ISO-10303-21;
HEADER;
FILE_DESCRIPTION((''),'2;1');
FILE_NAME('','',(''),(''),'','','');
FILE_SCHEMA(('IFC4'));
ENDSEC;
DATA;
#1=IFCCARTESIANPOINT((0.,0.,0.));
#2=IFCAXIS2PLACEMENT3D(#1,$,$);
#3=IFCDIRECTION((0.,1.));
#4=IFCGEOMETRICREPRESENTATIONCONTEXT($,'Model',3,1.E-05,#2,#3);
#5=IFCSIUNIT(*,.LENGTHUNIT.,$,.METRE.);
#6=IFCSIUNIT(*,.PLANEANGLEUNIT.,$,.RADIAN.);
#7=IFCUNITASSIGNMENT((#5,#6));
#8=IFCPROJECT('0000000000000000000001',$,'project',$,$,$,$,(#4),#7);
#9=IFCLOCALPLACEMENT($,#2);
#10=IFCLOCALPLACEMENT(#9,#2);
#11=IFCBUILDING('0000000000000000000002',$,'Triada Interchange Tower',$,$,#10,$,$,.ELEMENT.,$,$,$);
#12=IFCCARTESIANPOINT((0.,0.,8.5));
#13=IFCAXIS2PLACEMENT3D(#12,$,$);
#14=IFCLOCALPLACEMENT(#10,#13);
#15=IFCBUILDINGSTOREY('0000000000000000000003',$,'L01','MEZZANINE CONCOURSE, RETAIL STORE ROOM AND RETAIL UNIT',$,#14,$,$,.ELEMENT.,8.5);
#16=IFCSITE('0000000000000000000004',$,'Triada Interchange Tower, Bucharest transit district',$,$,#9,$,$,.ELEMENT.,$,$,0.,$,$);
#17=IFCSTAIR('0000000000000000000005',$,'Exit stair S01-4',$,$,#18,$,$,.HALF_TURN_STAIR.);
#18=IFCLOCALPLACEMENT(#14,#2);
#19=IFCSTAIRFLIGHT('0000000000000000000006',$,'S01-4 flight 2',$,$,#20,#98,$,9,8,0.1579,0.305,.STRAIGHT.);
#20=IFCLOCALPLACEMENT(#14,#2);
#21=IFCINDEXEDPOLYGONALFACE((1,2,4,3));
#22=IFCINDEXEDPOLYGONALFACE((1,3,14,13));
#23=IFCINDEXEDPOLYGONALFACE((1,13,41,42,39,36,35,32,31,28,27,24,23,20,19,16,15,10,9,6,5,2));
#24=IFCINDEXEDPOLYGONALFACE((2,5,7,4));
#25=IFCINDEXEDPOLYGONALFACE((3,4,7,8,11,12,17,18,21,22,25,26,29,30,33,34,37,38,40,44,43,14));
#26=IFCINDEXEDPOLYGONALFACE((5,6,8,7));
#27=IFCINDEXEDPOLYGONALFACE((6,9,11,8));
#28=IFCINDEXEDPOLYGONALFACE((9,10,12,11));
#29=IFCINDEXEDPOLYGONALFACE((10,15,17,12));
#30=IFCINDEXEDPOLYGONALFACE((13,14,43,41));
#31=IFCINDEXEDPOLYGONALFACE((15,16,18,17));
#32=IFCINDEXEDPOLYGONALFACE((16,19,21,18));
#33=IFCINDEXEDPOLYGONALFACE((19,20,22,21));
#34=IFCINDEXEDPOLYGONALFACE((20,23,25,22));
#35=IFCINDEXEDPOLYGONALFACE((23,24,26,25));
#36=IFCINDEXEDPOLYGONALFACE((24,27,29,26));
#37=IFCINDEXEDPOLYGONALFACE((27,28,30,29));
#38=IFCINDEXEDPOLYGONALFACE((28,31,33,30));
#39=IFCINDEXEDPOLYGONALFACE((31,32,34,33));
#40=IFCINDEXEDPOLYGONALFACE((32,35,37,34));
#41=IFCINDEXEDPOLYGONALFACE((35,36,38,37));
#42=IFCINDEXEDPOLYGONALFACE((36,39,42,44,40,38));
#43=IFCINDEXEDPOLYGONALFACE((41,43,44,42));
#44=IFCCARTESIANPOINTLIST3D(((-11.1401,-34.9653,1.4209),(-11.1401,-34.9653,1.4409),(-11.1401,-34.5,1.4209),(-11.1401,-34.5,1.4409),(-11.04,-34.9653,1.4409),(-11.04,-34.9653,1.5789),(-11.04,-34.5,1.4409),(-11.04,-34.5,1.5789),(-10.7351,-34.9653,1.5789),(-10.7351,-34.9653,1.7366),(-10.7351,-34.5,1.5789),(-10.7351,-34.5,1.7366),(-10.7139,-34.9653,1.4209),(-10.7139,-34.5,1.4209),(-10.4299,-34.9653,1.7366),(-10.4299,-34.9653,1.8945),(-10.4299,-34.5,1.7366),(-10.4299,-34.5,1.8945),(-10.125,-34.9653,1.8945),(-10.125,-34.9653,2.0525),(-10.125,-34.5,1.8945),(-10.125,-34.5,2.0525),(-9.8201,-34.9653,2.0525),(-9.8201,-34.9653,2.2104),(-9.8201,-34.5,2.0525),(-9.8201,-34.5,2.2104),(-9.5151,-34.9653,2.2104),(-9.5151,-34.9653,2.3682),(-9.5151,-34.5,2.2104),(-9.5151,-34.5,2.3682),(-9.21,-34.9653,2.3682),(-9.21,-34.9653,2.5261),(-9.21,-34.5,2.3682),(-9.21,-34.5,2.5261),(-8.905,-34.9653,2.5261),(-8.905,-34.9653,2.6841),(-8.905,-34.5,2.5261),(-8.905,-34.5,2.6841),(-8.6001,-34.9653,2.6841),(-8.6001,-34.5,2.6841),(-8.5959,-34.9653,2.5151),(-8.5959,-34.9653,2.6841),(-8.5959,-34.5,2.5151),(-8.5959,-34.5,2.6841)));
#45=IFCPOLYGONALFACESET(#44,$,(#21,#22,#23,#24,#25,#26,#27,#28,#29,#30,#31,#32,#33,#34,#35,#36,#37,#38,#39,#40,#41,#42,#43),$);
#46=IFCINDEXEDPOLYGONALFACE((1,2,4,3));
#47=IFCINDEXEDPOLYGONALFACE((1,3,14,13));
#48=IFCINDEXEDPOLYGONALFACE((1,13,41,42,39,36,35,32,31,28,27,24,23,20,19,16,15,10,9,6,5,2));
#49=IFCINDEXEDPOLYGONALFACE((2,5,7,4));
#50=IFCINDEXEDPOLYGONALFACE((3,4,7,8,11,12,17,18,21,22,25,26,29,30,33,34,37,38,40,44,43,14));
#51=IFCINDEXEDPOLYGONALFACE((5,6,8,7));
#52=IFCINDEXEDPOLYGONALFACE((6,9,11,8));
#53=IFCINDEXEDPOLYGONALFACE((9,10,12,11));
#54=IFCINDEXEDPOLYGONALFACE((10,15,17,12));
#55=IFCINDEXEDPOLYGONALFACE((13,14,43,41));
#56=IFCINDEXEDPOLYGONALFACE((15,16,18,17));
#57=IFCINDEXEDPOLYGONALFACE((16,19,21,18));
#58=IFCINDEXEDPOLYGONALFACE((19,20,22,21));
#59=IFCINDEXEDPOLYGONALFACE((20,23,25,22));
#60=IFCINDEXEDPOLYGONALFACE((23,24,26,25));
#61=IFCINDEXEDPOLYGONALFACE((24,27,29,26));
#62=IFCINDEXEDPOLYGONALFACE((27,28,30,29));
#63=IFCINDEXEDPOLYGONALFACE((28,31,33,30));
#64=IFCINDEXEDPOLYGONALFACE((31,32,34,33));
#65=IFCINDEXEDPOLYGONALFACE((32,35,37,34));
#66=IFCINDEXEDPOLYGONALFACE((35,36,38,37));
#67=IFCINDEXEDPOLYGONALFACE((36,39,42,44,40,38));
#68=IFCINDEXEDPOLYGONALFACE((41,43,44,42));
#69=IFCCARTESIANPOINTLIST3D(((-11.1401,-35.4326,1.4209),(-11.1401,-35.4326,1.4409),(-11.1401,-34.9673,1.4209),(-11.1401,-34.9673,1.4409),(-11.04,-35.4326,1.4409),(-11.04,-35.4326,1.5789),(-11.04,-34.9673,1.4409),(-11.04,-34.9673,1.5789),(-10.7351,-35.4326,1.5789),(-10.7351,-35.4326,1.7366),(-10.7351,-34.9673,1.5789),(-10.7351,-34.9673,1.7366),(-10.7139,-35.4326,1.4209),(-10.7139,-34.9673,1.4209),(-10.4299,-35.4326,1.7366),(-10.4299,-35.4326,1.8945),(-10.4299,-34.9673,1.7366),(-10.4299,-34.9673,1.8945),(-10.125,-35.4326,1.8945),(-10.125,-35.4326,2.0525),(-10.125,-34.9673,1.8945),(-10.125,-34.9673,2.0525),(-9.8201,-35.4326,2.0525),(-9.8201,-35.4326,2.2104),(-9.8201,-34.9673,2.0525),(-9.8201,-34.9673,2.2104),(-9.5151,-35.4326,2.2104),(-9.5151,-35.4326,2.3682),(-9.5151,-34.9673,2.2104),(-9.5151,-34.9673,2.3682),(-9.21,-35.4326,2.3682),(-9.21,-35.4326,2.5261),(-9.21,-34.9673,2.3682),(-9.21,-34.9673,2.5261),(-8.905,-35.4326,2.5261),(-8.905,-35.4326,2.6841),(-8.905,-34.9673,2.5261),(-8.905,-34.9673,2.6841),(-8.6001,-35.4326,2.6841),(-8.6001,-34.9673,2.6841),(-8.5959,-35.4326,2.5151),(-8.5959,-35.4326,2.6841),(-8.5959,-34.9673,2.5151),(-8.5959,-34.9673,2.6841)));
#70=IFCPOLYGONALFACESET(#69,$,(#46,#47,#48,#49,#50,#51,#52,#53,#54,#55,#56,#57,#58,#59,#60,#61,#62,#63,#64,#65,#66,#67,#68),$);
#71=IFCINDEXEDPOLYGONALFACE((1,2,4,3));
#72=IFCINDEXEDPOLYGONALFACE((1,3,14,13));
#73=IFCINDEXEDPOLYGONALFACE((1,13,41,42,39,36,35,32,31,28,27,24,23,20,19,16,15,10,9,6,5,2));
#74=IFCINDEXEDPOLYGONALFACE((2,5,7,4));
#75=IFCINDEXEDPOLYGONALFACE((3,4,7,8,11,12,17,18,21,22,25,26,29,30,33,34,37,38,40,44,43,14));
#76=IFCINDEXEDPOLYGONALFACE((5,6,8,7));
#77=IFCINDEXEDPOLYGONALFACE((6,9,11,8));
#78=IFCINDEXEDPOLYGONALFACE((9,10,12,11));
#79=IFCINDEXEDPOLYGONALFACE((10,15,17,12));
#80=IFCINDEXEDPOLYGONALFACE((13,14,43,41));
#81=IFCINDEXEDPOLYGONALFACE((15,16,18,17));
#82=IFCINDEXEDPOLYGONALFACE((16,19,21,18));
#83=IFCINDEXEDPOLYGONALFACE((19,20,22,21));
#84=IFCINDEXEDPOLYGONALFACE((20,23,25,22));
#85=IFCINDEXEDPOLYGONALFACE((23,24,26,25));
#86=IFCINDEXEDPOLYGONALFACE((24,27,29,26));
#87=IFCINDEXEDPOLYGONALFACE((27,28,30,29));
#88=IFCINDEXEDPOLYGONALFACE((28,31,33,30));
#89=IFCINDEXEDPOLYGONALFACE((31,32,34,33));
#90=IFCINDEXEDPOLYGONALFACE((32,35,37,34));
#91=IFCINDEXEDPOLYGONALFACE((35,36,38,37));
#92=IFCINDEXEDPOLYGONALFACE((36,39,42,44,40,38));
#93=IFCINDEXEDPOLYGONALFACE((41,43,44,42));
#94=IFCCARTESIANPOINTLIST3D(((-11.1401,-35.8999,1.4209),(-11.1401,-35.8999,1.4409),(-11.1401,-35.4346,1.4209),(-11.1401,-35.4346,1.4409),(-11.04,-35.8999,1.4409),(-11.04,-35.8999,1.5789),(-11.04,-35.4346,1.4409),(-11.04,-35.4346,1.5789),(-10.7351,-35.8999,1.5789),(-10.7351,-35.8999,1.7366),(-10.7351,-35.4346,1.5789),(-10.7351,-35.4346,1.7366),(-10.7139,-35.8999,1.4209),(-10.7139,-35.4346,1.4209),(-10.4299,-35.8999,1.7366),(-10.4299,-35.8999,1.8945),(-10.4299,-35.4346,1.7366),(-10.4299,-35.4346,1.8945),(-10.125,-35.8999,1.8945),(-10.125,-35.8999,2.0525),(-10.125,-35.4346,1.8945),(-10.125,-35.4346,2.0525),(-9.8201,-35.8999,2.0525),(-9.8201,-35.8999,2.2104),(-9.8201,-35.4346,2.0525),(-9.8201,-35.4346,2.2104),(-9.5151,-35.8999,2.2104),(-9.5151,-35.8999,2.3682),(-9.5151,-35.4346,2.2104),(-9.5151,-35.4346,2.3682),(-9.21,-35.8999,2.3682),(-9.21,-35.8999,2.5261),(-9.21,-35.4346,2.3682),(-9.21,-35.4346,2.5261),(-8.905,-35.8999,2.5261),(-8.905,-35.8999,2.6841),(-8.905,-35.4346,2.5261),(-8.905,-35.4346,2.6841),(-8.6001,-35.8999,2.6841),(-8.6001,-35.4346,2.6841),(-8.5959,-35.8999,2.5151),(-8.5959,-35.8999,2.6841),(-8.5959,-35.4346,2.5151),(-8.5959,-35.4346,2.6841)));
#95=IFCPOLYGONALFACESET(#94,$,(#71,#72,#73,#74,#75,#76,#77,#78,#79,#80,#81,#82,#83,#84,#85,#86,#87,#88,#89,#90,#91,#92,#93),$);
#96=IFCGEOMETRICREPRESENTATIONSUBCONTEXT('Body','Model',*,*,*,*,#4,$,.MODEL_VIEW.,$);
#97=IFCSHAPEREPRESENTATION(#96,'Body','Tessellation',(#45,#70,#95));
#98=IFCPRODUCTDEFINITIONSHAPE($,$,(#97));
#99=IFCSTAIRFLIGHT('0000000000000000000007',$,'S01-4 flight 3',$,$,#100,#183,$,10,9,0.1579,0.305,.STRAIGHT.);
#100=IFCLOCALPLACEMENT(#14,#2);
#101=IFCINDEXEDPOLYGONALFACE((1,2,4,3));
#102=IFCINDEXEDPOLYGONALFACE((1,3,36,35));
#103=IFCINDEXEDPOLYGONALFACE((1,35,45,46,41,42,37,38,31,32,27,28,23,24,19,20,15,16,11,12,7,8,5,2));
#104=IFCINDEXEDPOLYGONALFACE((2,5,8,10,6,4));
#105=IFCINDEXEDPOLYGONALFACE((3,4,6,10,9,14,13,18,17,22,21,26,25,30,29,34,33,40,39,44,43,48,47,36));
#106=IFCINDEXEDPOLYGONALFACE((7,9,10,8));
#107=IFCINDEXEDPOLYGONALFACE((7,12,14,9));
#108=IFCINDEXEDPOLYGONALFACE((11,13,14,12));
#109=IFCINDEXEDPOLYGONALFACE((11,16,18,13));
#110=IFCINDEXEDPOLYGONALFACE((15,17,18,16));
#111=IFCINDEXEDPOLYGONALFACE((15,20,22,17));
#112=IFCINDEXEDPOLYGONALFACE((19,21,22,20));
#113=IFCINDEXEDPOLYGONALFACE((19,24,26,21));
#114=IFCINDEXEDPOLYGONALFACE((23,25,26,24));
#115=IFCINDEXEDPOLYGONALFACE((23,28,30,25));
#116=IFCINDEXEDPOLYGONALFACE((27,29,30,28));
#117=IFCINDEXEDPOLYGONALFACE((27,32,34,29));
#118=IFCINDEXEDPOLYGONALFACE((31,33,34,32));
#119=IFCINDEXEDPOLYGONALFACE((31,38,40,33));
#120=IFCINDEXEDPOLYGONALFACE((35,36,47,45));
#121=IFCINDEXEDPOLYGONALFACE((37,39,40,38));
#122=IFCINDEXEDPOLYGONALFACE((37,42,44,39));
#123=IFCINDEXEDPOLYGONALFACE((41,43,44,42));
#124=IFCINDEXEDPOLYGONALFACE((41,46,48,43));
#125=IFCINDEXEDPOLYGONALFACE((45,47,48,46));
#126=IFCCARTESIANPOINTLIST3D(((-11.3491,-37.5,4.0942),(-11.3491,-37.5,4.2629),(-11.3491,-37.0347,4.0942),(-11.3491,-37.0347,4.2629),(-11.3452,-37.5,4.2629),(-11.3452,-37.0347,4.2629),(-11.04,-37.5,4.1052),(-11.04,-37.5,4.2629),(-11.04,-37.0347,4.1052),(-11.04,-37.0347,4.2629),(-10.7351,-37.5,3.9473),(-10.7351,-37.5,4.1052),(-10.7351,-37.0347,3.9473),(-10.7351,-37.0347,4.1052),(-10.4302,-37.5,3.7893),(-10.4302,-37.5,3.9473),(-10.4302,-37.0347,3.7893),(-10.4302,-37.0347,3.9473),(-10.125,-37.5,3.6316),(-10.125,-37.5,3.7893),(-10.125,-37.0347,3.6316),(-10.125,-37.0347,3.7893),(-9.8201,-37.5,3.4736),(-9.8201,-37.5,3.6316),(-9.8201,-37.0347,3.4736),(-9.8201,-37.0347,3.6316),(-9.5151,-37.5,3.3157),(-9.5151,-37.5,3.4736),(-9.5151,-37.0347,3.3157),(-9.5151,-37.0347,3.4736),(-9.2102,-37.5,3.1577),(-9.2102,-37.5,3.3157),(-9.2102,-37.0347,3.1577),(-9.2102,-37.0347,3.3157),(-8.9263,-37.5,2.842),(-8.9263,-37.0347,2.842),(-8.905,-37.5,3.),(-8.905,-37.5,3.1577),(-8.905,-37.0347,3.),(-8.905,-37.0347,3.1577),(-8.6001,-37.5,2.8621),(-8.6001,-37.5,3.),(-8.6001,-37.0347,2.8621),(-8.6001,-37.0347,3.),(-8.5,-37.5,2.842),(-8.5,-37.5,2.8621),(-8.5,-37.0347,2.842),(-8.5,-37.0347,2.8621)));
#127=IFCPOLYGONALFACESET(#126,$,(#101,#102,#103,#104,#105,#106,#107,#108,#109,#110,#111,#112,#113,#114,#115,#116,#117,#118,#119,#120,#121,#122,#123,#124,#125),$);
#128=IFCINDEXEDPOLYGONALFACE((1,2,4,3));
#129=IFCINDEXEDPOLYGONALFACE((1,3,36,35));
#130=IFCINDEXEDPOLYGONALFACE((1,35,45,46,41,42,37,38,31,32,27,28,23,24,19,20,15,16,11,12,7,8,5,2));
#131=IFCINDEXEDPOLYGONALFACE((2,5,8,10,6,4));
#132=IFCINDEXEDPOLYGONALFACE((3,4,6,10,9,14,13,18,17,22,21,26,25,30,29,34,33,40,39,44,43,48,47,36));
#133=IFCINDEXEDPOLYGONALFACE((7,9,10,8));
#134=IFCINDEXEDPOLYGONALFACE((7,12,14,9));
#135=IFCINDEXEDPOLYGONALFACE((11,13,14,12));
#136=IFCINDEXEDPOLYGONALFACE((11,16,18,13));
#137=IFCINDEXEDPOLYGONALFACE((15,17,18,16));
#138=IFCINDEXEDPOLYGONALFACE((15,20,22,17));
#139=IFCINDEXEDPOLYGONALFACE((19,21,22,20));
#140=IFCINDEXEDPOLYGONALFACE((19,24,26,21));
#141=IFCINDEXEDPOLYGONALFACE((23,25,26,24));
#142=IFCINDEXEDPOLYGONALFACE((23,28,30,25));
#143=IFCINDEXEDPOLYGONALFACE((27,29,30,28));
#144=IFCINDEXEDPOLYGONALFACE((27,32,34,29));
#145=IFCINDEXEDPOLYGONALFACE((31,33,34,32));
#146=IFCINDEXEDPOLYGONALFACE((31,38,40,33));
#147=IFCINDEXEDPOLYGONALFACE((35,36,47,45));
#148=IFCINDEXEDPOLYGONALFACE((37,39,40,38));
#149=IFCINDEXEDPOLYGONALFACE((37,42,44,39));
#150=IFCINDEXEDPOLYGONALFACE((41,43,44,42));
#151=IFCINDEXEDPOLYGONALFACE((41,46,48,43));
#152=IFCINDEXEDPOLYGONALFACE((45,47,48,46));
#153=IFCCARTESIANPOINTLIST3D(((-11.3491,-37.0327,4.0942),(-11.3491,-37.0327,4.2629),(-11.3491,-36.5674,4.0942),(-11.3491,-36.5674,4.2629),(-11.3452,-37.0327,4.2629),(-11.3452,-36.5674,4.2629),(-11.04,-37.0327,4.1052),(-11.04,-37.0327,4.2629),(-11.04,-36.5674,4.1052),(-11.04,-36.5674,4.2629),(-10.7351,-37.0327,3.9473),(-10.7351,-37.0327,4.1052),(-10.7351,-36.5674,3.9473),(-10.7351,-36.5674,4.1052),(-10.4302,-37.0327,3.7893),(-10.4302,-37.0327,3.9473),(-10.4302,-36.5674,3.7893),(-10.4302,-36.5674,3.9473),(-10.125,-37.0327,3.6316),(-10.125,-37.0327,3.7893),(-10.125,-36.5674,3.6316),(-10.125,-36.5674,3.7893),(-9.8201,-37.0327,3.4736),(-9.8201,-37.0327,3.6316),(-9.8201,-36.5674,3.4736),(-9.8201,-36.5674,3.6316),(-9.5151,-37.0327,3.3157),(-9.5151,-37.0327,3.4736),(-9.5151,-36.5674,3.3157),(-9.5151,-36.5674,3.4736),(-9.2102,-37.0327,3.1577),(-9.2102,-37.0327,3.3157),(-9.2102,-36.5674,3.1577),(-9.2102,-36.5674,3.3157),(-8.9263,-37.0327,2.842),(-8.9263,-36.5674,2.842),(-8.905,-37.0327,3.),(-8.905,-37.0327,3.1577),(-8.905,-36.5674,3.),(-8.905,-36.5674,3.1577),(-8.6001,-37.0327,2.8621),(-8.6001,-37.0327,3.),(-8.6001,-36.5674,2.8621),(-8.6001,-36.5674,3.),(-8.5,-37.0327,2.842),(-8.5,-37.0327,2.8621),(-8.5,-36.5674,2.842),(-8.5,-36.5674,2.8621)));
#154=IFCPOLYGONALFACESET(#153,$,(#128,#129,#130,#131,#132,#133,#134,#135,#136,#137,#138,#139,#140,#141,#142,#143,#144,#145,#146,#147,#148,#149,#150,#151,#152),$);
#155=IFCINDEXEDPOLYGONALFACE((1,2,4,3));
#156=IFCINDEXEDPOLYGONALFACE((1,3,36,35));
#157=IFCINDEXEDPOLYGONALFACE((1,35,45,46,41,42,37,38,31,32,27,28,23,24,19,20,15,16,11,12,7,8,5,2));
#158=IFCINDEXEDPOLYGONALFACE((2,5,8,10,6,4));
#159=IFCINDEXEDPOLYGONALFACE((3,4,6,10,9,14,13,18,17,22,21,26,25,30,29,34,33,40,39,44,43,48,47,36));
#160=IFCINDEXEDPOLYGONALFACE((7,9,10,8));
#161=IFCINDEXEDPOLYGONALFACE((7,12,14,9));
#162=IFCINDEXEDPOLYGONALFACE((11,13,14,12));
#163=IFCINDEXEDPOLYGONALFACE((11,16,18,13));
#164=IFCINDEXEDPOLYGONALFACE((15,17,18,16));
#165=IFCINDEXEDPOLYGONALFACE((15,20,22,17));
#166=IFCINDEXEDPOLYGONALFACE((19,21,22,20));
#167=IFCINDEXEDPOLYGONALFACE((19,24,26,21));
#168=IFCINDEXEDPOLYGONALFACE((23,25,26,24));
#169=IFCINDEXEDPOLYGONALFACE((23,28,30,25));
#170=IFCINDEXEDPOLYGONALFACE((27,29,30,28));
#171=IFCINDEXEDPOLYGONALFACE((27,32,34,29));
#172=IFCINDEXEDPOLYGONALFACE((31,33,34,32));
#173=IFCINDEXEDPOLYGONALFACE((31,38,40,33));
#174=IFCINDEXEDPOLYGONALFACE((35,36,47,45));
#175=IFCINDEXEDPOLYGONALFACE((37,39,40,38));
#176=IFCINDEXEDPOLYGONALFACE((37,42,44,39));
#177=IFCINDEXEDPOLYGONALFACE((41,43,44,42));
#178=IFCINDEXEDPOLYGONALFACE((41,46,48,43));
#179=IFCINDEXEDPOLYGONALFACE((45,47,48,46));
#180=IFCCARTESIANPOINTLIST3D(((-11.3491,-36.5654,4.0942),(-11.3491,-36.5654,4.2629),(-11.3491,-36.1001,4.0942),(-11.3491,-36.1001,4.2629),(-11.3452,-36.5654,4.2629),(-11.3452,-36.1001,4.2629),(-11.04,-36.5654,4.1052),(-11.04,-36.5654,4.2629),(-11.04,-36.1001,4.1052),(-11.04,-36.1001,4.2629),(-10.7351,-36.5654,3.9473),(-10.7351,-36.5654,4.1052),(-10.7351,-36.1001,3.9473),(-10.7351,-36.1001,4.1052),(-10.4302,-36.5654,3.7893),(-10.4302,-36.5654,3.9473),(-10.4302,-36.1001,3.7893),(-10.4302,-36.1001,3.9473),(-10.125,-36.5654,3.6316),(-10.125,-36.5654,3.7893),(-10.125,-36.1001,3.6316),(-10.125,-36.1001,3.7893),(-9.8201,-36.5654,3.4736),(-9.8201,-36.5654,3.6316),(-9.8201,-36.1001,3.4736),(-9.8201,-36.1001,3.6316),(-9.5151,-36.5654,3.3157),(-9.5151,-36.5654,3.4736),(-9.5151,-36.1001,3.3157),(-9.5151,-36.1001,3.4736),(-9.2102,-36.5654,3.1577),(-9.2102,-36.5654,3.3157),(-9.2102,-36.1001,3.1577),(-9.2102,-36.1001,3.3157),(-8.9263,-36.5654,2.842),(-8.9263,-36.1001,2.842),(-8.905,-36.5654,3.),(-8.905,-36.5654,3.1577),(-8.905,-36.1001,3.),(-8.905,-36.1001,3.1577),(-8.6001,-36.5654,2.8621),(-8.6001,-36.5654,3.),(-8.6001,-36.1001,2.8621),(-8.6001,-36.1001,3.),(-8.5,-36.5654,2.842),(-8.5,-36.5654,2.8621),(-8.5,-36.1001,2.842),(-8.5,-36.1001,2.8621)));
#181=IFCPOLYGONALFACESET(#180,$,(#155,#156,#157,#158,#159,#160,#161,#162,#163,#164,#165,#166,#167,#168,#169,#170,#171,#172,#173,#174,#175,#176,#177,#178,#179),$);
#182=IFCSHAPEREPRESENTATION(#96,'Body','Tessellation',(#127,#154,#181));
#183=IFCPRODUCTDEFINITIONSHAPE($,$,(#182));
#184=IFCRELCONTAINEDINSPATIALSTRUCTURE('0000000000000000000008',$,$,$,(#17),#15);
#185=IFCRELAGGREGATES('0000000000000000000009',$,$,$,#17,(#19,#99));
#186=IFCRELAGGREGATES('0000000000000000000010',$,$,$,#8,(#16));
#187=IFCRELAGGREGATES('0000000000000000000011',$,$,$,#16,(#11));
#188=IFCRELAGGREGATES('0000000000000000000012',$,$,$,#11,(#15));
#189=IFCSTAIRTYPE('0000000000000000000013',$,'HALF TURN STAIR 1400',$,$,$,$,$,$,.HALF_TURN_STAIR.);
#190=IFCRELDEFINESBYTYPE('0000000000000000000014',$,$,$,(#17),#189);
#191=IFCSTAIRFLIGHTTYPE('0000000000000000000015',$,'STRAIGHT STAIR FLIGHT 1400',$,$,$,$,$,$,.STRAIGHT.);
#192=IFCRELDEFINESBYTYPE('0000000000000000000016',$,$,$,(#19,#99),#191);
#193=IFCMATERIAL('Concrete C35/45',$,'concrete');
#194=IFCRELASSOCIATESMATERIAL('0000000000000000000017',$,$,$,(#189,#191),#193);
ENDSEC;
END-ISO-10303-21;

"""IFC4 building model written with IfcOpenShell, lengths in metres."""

from ifc_helpers import new_model, si_unit, direction, frame, origin, place, context, subcontext, project, spatial, polyline, outline, extrude, material, type_object, element, aggregate, save


model = new_model("IFC4")

# Units and contexts
model_context = context("Model", 3, precision=1e-05, world=origin(), true_north=direction((0.0, 1.0)))
body_context = subcontext(model_context, "Body", "Model", "MODEL_VIEW")
ifc_project = project(units=[si_unit("LENGTHUNIT", "METRE"), si_unit("PLANEANGLEUNIT", "RADIAN")], contexts=[model_context])

# Site, building, storey
site_placement = place(None, origin())
site = spatial("IfcSite", under=ifc_project, at=site_placement, Name="Triada Interchange Tower, Bucharest transit district", CompositionType="ELEMENT", RefElevation=0.0)
building_placement = place(site_placement, origin())
building = spatial("IfcBuilding", under=site, at=building_placement, Name="Triada Interchange Tower", CompositionType="ELEMENT")
storey_placement = place(building_placement, frame((0.0, 0.0, 8.5)))
storey = spatial("IfcBuildingStorey", under=building, at=storey_placement, Name="L01", Description="MEZZANINE CONCOURSE, RETAIL STORE ROOM AND RETAIL UNIT", CompositionType="ELEMENT", Elevation=8.5)

# Shared definitions
ifc_material_1 = material(Name="Concrete C35/45", Category="concrete")

# Stair, stair flights
stair_type = type_object("IfcStairType", Name="HALF TURN STAIR 1400", PredefinedType="HALF_TURN_STAIR", material=ifc_material_1)
stair_placement = place(storey_placement, origin())
stair = element("IfcStair", 1, at=stair_placement, inside=storey, type_object=stair_type, Name="Exit stair S01-4", PredefinedType="HALF_TURN_STAIR")
stair_flight_type = type_object("IfcStairFlightType", Name="STRAIGHT STAIR FLIGHT 1400", PredefinedType="STRAIGHT", material=ifc_material_1)
stair_flight_1_placement = place(storey_placement, frame((-11.04, -35.2, 1.4209), z_axis=(0.0, 0.0, 1.0), x_axis=(1.0, 0.0, 0.0)))
stair_flight_1 = element("IfcStairFlight", 2, at=stair_flight_1_placement, type_object=stair_flight_type, Name="S01-4 flight 2", NumberOfRisers=9, NumberOfTreads=8, PredefinedType="STRAIGHT", RiserHeight=0.1579, TreadLength=0.305, context=body_context, shape_type="SweptSolid", body=[
    extrude(outline(polyline([(-0.1001, 0.0), (-0.1001, 0.02), (0.0, 0.02), (0.0, 0.158), (0.3049, 0.158), (0.3049, 0.3157), (0.6101, 0.3157), (0.6101, 0.4736), (0.915, 0.4736), (0.915, 0.6316), (1.22, 0.6316), (1.22, 0.7896), (1.5249, 0.7896), (1.5249, 0.9473), (1.8301, 0.9473), (1.8301, 1.1052), (2.135, 1.1052), (2.135, 1.2632), (2.4399, 1.2632), (2.4441, 1.2632), (2.4441, 1.4209), (2.4441, 1.0942), (0.3262, 0.0), (-0.1001, 0.0)])), frame((0.0, 0.7, 0.0), z_axis=(0.0, -1.0, 0.0), x_axis=(1.0, 0.0, 0.0)), (0.0, 0.0, 1.0), 0.4653),
    extrude(outline(polyline([(-0.1001, 0.0), (-0.1001, 0.02), (0.0, 0.02), (0.0, 0.158), (0.3049, 0.158), (0.3049, 0.3157), (0.6101, 0.3157), (0.6101, 0.4736), (0.915, 0.4736), (0.915, 0.6316), (1.22, 0.6316), (1.22, 0.7896), (1.5249, 0.7896), (1.5249, 0.9473), (1.8301, 0.9473), (1.8301, 1.1052), (2.135, 1.1052), (2.135, 1.2632), (2.4399, 1.2632), (2.4441, 1.2632), (2.4441, 1.4209), (2.4441, 1.0942), (0.3262, 0.0), (-0.1001, 0.0)])), frame((0.0, 0.2327, 0.0), z_axis=(0.0, -1.0, 0.0), x_axis=(1.0, 0.0, 0.0)), (0.0, 0.0, 1.0), 0.4653),
    extrude(outline(polyline([(-0.1001, 0.0), (-0.1001, 0.02), (0.0, 0.02), (0.0, 0.158), (0.3049, 0.158), (0.3049, 0.3157), (0.6101, 0.3157), (0.6101, 0.4736), (0.915, 0.4736), (0.915, 0.6316), (1.22, 0.6316), (1.22, 0.7896), (1.5249, 0.7896), (1.5249, 0.9473), (1.8301, 0.9473), (1.8301, 1.1052), (2.135, 1.1052), (2.135, 1.2632), (2.4399, 1.2632), (2.4441, 1.2632), (2.4441, 1.4209), (2.4441, 1.0942), (0.3262, 0.0), (-0.1001, 0.0)])), frame((0.0, -0.2346, 0.0), z_axis=(0.0, -1.0, 0.0), x_axis=(1.0, 0.0, 0.0)), (0.0, 0.0, 1.0), 0.4653),
])
stair_flight_2_placement = place(storey_placement, frame((-8.6001, -36.8, 2.842), z_axis=(0.0, 0.0, 1.0), x_axis=(-1.0, 0.0, 0.0)))
stair_flight_2 = element("IfcStairFlight", 3, at=stair_flight_2_placement, type_object=stair_flight_type, Name="S01-4 flight 3", NumberOfRisers=10, NumberOfTreads=9, PredefinedType="STRAIGHT", RiserHeight=0.1579, TreadLength=0.305, context=body_context, shape_type="SweptSolid", body=[
    extrude(outline(polyline([(-0.1001, 0.0), (-0.1001, 0.02), (0.0, 0.02), (0.0, 0.158), (0.3049, 0.158), (0.3049, 0.3157), (0.6101, 0.3157), (0.6101, 0.4736), (0.915, 0.4736), (0.915, 0.6316), (1.22, 0.6316), (1.22, 0.7896), (1.5249, 0.7896), (1.5249, 0.9473), (1.8301, 0.9473), (1.8301, 1.1052), (2.135, 1.1052), (2.135, 1.2632), (2.4399, 1.2632), (2.4399, 1.4209), (2.7451, 1.4209), (2.749, 1.4209), (2.749, 1.5789), (2.749, 1.2522), (0.3262, 0.0), (-0.1001, 0.0)])), frame((0.0, 0.7, 0.0), z_axis=(0.0, -1.0, 0.0), x_axis=(1.0, 0.0, 0.0)), (0.0, 0.0, 1.0), 0.4653),
    extrude(outline(polyline([(-0.1001, 0.0), (-0.1001, 0.02), (0.0, 0.02), (0.0, 0.158), (0.3049, 0.158), (0.3049, 0.3157), (0.6101, 0.3157), (0.6101, 0.4736), (0.915, 0.4736), (0.915, 0.6316), (1.22, 0.6316), (1.22, 0.7896), (1.5249, 0.7896), (1.5249, 0.9473), (1.8301, 0.9473), (1.8301, 1.1052), (2.135, 1.1052), (2.135, 1.2632), (2.4399, 1.2632), (2.4399, 1.4209), (2.7451, 1.4209), (2.749, 1.4209), (2.749, 1.5789), (2.749, 1.2522), (0.3262, 0.0), (-0.1001, 0.0)])), frame((0.0, 0.2327, 0.0), z_axis=(0.0, -1.0, 0.0), x_axis=(1.0, 0.0, 0.0)), (0.0, 0.0, 1.0), 0.4653),
    extrude(outline(polyline([(-0.1001, 0.0), (-0.1001, 0.02), (0.0, 0.02), (0.0, 0.158), (0.3049, 0.158), (0.3049, 0.3157), (0.6101, 0.3157), (0.6101, 0.4736), (0.915, 0.4736), (0.915, 0.6316), (1.22, 0.6316), (1.22, 0.7896), (1.5249, 0.7896), (1.5249, 0.9473), (1.8301, 0.9473), (1.8301, 1.1052), (2.135, 1.1052), (2.135, 1.2632), (2.4399, 1.2632), (2.4399, 1.4209), (2.7451, 1.4209), (2.749, 1.4209), (2.749, 1.5789), (2.749, 1.2522), (0.3262, 0.0), (-0.1001, 0.0)])), frame((0.0, -0.2346, 0.0), z_axis=(0.0, -1.0, 0.0), x_axis=(1.0, 0.0, 0.0)), (0.0, 0.0, 1.0), 0.4653),
])
aggregate(stair, [stair_flight_1, stair_flight_2])

save(model, "model.ifc")
